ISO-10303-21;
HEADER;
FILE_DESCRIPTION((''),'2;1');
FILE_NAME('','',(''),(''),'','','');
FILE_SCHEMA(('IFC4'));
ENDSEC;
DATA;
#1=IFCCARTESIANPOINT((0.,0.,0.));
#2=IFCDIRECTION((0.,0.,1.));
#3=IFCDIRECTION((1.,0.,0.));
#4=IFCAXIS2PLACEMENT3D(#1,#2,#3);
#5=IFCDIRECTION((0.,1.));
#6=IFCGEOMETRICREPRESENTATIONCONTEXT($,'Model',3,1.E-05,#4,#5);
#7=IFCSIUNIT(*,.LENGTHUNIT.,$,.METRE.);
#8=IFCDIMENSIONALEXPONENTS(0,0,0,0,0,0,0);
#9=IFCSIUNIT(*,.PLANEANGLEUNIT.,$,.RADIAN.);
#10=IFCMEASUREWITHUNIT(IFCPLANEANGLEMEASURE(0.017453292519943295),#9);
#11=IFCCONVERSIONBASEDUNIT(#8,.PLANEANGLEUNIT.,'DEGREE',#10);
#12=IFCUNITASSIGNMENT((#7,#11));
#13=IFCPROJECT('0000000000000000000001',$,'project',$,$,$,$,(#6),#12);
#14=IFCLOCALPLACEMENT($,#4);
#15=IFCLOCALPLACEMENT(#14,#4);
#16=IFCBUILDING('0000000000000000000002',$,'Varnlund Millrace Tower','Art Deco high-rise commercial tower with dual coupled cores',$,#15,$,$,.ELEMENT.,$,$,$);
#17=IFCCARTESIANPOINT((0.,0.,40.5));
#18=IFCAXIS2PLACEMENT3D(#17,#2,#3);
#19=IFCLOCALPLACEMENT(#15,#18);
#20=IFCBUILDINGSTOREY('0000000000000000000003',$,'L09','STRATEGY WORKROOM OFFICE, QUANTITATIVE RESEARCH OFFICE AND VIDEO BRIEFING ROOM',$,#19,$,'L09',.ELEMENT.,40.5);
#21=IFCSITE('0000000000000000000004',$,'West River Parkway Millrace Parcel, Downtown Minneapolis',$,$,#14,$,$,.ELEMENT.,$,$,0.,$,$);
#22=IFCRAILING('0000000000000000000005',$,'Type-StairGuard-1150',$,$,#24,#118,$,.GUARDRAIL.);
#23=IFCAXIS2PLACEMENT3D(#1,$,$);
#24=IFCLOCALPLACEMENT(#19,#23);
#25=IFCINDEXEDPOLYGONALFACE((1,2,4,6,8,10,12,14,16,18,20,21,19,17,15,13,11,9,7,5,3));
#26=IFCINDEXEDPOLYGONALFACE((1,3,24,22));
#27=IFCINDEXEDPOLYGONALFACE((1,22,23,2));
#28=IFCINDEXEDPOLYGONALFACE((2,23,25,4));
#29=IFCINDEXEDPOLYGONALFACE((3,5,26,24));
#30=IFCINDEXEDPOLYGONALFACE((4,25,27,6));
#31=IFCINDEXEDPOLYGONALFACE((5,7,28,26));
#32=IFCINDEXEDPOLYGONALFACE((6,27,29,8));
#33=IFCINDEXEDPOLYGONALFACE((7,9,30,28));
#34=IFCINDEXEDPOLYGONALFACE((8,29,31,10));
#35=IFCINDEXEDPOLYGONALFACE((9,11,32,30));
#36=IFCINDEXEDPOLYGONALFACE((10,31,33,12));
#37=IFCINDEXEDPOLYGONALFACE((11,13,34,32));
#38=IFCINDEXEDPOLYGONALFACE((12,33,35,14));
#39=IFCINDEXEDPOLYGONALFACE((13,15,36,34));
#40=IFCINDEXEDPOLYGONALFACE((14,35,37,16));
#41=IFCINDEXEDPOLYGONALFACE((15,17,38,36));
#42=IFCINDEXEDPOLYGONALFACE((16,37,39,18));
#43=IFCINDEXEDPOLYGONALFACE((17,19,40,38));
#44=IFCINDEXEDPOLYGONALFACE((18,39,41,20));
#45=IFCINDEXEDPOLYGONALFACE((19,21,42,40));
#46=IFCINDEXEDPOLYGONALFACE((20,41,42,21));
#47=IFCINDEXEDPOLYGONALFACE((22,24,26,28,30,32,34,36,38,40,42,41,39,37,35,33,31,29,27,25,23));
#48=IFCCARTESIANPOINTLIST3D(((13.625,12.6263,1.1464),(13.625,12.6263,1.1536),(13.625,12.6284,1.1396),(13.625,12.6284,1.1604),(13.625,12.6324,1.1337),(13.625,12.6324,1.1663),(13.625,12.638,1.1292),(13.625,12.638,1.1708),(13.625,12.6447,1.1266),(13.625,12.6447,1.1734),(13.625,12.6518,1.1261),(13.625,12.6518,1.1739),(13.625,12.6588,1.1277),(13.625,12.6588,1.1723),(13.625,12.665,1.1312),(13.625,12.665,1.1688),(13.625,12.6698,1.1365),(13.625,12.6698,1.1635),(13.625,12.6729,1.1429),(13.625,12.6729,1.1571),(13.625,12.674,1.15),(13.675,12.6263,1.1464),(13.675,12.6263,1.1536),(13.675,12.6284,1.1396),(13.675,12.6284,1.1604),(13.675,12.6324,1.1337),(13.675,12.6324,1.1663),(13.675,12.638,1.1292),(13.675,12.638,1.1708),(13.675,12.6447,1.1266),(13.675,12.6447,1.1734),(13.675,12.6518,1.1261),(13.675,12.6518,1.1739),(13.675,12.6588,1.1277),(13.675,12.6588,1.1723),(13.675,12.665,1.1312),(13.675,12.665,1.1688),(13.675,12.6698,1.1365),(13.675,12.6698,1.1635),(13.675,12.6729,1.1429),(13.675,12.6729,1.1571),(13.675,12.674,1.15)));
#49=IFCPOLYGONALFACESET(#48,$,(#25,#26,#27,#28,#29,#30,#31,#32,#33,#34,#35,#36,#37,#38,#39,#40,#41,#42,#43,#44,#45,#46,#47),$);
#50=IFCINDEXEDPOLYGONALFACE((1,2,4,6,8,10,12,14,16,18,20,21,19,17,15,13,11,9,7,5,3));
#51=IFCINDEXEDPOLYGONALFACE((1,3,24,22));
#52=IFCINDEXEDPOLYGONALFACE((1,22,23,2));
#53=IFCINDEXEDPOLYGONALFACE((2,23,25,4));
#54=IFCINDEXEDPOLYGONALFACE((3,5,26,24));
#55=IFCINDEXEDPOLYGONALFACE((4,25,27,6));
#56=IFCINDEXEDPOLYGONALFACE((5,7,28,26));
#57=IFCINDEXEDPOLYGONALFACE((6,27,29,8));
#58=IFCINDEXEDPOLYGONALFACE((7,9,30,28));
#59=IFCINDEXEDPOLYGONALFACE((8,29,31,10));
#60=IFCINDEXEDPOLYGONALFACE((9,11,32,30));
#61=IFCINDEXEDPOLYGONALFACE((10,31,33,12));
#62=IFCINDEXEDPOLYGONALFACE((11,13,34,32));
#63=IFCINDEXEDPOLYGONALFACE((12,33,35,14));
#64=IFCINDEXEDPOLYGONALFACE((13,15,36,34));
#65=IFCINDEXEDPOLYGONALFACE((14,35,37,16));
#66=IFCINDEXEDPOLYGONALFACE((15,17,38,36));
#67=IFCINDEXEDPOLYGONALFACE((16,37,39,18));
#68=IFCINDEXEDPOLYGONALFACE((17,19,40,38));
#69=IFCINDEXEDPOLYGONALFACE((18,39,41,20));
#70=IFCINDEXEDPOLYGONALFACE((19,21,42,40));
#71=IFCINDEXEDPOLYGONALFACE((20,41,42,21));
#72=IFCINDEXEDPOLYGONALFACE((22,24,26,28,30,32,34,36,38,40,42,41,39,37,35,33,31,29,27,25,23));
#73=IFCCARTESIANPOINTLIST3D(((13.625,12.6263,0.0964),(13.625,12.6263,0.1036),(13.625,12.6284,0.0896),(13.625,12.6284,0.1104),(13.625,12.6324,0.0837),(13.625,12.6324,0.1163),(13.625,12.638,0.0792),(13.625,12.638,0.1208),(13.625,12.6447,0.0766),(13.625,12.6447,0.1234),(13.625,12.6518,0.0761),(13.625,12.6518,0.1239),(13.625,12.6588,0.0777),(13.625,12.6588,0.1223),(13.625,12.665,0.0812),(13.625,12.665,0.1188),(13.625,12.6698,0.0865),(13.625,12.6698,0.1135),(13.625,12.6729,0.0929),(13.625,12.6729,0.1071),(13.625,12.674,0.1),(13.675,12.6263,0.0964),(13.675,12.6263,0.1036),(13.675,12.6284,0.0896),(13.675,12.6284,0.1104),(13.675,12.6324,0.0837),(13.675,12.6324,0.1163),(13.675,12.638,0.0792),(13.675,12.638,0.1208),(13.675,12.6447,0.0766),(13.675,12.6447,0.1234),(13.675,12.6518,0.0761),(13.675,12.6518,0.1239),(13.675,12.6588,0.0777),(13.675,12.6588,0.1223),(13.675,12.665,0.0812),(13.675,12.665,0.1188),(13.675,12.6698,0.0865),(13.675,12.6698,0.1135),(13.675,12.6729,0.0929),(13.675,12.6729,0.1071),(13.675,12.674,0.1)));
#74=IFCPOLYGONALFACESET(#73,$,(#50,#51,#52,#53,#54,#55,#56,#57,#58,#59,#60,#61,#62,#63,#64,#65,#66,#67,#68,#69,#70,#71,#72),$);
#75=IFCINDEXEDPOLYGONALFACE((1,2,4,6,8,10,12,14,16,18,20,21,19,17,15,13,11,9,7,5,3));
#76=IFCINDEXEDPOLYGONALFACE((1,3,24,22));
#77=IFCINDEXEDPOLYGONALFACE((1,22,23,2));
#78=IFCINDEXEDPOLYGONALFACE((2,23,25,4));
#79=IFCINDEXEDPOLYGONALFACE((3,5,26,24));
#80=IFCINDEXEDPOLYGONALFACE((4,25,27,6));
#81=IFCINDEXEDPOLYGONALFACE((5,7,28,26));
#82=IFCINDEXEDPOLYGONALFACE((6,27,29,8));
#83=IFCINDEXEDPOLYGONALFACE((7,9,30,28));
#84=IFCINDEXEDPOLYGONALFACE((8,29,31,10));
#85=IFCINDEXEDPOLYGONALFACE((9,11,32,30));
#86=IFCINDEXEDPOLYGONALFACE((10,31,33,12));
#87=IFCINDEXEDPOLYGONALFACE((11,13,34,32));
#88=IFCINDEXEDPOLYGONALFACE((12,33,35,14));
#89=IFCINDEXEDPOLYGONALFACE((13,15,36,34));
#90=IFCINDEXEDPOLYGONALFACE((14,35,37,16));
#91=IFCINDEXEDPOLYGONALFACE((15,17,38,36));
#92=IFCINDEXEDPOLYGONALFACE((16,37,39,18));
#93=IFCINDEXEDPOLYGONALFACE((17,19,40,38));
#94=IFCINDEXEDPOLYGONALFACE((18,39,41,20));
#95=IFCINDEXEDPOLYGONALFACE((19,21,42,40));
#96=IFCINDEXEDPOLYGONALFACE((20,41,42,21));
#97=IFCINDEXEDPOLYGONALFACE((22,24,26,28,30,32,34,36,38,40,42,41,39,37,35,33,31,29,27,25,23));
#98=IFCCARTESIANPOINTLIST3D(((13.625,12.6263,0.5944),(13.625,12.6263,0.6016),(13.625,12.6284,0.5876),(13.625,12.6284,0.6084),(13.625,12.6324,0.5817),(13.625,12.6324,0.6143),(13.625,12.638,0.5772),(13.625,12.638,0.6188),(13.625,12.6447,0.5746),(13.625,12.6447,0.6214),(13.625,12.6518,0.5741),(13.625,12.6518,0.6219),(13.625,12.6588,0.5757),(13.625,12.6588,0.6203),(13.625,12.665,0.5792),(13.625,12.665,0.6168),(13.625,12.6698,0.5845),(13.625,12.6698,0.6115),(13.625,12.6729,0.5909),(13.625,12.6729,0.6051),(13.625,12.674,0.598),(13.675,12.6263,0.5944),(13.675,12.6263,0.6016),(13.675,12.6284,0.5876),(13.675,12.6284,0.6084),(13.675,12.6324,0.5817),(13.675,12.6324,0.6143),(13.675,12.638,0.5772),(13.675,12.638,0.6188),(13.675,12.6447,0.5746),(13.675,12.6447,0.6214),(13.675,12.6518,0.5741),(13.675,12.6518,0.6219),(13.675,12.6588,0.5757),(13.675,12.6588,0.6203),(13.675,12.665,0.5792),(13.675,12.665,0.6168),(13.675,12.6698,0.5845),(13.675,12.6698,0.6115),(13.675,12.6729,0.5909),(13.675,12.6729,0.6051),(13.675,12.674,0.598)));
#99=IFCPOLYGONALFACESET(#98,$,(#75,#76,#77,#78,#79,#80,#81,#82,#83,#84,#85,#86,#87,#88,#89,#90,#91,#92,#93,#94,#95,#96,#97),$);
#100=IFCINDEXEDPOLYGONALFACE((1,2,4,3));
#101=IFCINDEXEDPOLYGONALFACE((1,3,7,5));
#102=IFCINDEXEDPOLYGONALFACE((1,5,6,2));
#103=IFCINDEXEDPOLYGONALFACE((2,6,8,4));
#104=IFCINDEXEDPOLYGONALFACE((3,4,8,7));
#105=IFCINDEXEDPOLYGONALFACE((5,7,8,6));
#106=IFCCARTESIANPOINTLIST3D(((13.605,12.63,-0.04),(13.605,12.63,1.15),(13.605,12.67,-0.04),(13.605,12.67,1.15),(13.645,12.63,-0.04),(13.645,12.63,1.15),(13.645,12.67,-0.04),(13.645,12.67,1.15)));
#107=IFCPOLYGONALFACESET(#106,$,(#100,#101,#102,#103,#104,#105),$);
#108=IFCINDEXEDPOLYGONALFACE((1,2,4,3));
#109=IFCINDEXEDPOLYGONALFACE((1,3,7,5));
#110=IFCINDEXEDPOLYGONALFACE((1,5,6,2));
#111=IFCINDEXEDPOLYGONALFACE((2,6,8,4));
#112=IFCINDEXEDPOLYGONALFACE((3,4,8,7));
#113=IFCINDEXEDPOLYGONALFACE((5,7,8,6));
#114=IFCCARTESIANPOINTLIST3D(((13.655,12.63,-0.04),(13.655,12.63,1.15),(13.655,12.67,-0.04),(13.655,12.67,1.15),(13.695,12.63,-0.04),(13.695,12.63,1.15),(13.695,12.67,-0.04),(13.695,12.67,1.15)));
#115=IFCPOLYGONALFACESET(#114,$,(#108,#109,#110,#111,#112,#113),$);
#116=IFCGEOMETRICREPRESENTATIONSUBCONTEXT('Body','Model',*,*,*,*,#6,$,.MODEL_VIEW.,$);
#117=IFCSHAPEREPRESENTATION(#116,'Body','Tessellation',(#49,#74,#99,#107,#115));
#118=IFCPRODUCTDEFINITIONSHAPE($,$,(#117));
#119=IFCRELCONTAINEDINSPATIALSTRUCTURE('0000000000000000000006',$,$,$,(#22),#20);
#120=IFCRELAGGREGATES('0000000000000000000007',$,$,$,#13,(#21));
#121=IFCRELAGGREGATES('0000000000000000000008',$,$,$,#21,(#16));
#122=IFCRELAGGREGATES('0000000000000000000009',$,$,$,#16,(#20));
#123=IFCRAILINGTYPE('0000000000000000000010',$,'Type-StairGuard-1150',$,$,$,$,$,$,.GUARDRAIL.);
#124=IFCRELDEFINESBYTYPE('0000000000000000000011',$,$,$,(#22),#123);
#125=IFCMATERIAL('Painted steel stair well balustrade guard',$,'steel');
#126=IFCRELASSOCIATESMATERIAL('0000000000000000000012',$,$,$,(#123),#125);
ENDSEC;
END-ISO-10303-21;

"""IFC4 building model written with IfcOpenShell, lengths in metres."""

from ifc_helpers import new_model, entity, si_unit, converted_unit, direction, frame, origin_with_axes, origin_2d_with_axis, place, context, subcontext, project, spatial, rectangle, circle, extrude, material, type_object, element, save


model = new_model("IFC4")

# Units and contexts
model_context = context("Model", 3, precision=1e-05, world=origin_with_axes(), true_north=direction((0.0, 1.0)))
body_context = subcontext(model_context, "Body", "Model", "MODEL_VIEW")
ifc_project = project(units=[si_unit("LENGTHUNIT", "METRE"), converted_unit("PLANEANGLEUNIT", "DEGREE", entity("IfcPlaneAngleMeasure", 0.017453292519943295), si_unit("PLANEANGLEUNIT", "RADIAN"), dimensions=[0, 0, 0, 0, 0, 0, 0])], contexts=[model_context])

# Site, building, storey
site_placement = place(None, origin_with_axes())
site = spatial("IfcSite", under=ifc_project, at=site_placement, Name="West River Parkway Millrace Parcel, Downtown Minneapolis", CompositionType="ELEMENT", RefElevation=0.0)
building_placement = place(site_placement, origin_with_axes())
building = spatial("IfcBuilding", under=site, at=building_placement, Name="Varnlund Millrace Tower", Description="Art Deco high-rise commercial tower with dual coupled cores", CompositionType="ELEMENT")
storey_placement = place(building_placement, frame((0.0, 0.0, 40.5), z_axis=(0.0, 0.0, 1.0), x_axis=(1.0, 0.0, 0.0)))
storey = spatial("IfcBuildingStorey", under=building, at=storey_placement, Name="L09", Description="STRATEGY WORKROOM OFFICE, QUANTITATIVE RESEARCH OFFICE AND VIDEO BRIEFING ROOM", LongName="L09", CompositionType="ELEMENT", Elevation=40.5)

# Railing
ifc_material_1 = material(Name="Painted steel stair well balustrade guard", Category="steel")
railing_type_1 = type_object("IfcRailingType", Name="Type-StairGuard-1150", PredefinedType="GUARDRAIL", material=ifc_material_1)
railing_1_placement = place(storey_placement, frame((0.0, 0.0, -40.5), z_axis=(0.0, 0.0, 1.0), x_axis=(1.0, 0.0, 0.0)))
element("IfcRailing", 1, at=railing_1_placement, inside=storey, type_object=railing_type_1, Name="Type-StairGuard-1150", PredefinedType="GUARDRAIL", context=body_context, shape_type="SweptSolid", body=[
    extrude(circle(Radius=0.024, at=origin_2d_with_axis()), frame((13.625, 12.65, 41.65), z_axis=(1.0, 0.0, 0.0), x_axis=(0.0, 1.0, 0.0)), (0.0, 0.0, 1.0), 0.05),
    extrude(circle(Radius=0.024, at=origin_2d_with_axis()), frame((13.625, 12.65, 40.6), z_axis=(1.0, 0.0, 0.0), x_axis=(0.0, 1.0, 0.0)), (0.0, 0.0, 1.0), 0.05),
    extrude(circle(Radius=0.024, at=origin_2d_with_axis()), frame((13.625, 12.65, 41.098), z_axis=(1.0, 0.0, 0.0), x_axis=(0.0, 1.0, 0.0)), (0.0, 0.0, 1.0), 0.05),
    extrude(rectangle(XDim=0.04, YDim=0.04, at=origin_2d_with_axis()), frame((13.625, 12.65, 40.46), z_axis=(0.0, 0.0, 1.0), x_axis=(1.0, 0.0, 0.0)), (0.0, 0.0, 1.0), 1.19),
    extrude(rectangle(XDim=0.04, YDim=0.04, at=origin_2d_with_axis()), frame((13.675, 12.65, 40.46), z_axis=(0.0, 0.0, 1.0), x_axis=(1.0, 0.0, 0.0)), (0.0, 0.0, 1.0), 1.19),
])

save(model, "model.ifc")
